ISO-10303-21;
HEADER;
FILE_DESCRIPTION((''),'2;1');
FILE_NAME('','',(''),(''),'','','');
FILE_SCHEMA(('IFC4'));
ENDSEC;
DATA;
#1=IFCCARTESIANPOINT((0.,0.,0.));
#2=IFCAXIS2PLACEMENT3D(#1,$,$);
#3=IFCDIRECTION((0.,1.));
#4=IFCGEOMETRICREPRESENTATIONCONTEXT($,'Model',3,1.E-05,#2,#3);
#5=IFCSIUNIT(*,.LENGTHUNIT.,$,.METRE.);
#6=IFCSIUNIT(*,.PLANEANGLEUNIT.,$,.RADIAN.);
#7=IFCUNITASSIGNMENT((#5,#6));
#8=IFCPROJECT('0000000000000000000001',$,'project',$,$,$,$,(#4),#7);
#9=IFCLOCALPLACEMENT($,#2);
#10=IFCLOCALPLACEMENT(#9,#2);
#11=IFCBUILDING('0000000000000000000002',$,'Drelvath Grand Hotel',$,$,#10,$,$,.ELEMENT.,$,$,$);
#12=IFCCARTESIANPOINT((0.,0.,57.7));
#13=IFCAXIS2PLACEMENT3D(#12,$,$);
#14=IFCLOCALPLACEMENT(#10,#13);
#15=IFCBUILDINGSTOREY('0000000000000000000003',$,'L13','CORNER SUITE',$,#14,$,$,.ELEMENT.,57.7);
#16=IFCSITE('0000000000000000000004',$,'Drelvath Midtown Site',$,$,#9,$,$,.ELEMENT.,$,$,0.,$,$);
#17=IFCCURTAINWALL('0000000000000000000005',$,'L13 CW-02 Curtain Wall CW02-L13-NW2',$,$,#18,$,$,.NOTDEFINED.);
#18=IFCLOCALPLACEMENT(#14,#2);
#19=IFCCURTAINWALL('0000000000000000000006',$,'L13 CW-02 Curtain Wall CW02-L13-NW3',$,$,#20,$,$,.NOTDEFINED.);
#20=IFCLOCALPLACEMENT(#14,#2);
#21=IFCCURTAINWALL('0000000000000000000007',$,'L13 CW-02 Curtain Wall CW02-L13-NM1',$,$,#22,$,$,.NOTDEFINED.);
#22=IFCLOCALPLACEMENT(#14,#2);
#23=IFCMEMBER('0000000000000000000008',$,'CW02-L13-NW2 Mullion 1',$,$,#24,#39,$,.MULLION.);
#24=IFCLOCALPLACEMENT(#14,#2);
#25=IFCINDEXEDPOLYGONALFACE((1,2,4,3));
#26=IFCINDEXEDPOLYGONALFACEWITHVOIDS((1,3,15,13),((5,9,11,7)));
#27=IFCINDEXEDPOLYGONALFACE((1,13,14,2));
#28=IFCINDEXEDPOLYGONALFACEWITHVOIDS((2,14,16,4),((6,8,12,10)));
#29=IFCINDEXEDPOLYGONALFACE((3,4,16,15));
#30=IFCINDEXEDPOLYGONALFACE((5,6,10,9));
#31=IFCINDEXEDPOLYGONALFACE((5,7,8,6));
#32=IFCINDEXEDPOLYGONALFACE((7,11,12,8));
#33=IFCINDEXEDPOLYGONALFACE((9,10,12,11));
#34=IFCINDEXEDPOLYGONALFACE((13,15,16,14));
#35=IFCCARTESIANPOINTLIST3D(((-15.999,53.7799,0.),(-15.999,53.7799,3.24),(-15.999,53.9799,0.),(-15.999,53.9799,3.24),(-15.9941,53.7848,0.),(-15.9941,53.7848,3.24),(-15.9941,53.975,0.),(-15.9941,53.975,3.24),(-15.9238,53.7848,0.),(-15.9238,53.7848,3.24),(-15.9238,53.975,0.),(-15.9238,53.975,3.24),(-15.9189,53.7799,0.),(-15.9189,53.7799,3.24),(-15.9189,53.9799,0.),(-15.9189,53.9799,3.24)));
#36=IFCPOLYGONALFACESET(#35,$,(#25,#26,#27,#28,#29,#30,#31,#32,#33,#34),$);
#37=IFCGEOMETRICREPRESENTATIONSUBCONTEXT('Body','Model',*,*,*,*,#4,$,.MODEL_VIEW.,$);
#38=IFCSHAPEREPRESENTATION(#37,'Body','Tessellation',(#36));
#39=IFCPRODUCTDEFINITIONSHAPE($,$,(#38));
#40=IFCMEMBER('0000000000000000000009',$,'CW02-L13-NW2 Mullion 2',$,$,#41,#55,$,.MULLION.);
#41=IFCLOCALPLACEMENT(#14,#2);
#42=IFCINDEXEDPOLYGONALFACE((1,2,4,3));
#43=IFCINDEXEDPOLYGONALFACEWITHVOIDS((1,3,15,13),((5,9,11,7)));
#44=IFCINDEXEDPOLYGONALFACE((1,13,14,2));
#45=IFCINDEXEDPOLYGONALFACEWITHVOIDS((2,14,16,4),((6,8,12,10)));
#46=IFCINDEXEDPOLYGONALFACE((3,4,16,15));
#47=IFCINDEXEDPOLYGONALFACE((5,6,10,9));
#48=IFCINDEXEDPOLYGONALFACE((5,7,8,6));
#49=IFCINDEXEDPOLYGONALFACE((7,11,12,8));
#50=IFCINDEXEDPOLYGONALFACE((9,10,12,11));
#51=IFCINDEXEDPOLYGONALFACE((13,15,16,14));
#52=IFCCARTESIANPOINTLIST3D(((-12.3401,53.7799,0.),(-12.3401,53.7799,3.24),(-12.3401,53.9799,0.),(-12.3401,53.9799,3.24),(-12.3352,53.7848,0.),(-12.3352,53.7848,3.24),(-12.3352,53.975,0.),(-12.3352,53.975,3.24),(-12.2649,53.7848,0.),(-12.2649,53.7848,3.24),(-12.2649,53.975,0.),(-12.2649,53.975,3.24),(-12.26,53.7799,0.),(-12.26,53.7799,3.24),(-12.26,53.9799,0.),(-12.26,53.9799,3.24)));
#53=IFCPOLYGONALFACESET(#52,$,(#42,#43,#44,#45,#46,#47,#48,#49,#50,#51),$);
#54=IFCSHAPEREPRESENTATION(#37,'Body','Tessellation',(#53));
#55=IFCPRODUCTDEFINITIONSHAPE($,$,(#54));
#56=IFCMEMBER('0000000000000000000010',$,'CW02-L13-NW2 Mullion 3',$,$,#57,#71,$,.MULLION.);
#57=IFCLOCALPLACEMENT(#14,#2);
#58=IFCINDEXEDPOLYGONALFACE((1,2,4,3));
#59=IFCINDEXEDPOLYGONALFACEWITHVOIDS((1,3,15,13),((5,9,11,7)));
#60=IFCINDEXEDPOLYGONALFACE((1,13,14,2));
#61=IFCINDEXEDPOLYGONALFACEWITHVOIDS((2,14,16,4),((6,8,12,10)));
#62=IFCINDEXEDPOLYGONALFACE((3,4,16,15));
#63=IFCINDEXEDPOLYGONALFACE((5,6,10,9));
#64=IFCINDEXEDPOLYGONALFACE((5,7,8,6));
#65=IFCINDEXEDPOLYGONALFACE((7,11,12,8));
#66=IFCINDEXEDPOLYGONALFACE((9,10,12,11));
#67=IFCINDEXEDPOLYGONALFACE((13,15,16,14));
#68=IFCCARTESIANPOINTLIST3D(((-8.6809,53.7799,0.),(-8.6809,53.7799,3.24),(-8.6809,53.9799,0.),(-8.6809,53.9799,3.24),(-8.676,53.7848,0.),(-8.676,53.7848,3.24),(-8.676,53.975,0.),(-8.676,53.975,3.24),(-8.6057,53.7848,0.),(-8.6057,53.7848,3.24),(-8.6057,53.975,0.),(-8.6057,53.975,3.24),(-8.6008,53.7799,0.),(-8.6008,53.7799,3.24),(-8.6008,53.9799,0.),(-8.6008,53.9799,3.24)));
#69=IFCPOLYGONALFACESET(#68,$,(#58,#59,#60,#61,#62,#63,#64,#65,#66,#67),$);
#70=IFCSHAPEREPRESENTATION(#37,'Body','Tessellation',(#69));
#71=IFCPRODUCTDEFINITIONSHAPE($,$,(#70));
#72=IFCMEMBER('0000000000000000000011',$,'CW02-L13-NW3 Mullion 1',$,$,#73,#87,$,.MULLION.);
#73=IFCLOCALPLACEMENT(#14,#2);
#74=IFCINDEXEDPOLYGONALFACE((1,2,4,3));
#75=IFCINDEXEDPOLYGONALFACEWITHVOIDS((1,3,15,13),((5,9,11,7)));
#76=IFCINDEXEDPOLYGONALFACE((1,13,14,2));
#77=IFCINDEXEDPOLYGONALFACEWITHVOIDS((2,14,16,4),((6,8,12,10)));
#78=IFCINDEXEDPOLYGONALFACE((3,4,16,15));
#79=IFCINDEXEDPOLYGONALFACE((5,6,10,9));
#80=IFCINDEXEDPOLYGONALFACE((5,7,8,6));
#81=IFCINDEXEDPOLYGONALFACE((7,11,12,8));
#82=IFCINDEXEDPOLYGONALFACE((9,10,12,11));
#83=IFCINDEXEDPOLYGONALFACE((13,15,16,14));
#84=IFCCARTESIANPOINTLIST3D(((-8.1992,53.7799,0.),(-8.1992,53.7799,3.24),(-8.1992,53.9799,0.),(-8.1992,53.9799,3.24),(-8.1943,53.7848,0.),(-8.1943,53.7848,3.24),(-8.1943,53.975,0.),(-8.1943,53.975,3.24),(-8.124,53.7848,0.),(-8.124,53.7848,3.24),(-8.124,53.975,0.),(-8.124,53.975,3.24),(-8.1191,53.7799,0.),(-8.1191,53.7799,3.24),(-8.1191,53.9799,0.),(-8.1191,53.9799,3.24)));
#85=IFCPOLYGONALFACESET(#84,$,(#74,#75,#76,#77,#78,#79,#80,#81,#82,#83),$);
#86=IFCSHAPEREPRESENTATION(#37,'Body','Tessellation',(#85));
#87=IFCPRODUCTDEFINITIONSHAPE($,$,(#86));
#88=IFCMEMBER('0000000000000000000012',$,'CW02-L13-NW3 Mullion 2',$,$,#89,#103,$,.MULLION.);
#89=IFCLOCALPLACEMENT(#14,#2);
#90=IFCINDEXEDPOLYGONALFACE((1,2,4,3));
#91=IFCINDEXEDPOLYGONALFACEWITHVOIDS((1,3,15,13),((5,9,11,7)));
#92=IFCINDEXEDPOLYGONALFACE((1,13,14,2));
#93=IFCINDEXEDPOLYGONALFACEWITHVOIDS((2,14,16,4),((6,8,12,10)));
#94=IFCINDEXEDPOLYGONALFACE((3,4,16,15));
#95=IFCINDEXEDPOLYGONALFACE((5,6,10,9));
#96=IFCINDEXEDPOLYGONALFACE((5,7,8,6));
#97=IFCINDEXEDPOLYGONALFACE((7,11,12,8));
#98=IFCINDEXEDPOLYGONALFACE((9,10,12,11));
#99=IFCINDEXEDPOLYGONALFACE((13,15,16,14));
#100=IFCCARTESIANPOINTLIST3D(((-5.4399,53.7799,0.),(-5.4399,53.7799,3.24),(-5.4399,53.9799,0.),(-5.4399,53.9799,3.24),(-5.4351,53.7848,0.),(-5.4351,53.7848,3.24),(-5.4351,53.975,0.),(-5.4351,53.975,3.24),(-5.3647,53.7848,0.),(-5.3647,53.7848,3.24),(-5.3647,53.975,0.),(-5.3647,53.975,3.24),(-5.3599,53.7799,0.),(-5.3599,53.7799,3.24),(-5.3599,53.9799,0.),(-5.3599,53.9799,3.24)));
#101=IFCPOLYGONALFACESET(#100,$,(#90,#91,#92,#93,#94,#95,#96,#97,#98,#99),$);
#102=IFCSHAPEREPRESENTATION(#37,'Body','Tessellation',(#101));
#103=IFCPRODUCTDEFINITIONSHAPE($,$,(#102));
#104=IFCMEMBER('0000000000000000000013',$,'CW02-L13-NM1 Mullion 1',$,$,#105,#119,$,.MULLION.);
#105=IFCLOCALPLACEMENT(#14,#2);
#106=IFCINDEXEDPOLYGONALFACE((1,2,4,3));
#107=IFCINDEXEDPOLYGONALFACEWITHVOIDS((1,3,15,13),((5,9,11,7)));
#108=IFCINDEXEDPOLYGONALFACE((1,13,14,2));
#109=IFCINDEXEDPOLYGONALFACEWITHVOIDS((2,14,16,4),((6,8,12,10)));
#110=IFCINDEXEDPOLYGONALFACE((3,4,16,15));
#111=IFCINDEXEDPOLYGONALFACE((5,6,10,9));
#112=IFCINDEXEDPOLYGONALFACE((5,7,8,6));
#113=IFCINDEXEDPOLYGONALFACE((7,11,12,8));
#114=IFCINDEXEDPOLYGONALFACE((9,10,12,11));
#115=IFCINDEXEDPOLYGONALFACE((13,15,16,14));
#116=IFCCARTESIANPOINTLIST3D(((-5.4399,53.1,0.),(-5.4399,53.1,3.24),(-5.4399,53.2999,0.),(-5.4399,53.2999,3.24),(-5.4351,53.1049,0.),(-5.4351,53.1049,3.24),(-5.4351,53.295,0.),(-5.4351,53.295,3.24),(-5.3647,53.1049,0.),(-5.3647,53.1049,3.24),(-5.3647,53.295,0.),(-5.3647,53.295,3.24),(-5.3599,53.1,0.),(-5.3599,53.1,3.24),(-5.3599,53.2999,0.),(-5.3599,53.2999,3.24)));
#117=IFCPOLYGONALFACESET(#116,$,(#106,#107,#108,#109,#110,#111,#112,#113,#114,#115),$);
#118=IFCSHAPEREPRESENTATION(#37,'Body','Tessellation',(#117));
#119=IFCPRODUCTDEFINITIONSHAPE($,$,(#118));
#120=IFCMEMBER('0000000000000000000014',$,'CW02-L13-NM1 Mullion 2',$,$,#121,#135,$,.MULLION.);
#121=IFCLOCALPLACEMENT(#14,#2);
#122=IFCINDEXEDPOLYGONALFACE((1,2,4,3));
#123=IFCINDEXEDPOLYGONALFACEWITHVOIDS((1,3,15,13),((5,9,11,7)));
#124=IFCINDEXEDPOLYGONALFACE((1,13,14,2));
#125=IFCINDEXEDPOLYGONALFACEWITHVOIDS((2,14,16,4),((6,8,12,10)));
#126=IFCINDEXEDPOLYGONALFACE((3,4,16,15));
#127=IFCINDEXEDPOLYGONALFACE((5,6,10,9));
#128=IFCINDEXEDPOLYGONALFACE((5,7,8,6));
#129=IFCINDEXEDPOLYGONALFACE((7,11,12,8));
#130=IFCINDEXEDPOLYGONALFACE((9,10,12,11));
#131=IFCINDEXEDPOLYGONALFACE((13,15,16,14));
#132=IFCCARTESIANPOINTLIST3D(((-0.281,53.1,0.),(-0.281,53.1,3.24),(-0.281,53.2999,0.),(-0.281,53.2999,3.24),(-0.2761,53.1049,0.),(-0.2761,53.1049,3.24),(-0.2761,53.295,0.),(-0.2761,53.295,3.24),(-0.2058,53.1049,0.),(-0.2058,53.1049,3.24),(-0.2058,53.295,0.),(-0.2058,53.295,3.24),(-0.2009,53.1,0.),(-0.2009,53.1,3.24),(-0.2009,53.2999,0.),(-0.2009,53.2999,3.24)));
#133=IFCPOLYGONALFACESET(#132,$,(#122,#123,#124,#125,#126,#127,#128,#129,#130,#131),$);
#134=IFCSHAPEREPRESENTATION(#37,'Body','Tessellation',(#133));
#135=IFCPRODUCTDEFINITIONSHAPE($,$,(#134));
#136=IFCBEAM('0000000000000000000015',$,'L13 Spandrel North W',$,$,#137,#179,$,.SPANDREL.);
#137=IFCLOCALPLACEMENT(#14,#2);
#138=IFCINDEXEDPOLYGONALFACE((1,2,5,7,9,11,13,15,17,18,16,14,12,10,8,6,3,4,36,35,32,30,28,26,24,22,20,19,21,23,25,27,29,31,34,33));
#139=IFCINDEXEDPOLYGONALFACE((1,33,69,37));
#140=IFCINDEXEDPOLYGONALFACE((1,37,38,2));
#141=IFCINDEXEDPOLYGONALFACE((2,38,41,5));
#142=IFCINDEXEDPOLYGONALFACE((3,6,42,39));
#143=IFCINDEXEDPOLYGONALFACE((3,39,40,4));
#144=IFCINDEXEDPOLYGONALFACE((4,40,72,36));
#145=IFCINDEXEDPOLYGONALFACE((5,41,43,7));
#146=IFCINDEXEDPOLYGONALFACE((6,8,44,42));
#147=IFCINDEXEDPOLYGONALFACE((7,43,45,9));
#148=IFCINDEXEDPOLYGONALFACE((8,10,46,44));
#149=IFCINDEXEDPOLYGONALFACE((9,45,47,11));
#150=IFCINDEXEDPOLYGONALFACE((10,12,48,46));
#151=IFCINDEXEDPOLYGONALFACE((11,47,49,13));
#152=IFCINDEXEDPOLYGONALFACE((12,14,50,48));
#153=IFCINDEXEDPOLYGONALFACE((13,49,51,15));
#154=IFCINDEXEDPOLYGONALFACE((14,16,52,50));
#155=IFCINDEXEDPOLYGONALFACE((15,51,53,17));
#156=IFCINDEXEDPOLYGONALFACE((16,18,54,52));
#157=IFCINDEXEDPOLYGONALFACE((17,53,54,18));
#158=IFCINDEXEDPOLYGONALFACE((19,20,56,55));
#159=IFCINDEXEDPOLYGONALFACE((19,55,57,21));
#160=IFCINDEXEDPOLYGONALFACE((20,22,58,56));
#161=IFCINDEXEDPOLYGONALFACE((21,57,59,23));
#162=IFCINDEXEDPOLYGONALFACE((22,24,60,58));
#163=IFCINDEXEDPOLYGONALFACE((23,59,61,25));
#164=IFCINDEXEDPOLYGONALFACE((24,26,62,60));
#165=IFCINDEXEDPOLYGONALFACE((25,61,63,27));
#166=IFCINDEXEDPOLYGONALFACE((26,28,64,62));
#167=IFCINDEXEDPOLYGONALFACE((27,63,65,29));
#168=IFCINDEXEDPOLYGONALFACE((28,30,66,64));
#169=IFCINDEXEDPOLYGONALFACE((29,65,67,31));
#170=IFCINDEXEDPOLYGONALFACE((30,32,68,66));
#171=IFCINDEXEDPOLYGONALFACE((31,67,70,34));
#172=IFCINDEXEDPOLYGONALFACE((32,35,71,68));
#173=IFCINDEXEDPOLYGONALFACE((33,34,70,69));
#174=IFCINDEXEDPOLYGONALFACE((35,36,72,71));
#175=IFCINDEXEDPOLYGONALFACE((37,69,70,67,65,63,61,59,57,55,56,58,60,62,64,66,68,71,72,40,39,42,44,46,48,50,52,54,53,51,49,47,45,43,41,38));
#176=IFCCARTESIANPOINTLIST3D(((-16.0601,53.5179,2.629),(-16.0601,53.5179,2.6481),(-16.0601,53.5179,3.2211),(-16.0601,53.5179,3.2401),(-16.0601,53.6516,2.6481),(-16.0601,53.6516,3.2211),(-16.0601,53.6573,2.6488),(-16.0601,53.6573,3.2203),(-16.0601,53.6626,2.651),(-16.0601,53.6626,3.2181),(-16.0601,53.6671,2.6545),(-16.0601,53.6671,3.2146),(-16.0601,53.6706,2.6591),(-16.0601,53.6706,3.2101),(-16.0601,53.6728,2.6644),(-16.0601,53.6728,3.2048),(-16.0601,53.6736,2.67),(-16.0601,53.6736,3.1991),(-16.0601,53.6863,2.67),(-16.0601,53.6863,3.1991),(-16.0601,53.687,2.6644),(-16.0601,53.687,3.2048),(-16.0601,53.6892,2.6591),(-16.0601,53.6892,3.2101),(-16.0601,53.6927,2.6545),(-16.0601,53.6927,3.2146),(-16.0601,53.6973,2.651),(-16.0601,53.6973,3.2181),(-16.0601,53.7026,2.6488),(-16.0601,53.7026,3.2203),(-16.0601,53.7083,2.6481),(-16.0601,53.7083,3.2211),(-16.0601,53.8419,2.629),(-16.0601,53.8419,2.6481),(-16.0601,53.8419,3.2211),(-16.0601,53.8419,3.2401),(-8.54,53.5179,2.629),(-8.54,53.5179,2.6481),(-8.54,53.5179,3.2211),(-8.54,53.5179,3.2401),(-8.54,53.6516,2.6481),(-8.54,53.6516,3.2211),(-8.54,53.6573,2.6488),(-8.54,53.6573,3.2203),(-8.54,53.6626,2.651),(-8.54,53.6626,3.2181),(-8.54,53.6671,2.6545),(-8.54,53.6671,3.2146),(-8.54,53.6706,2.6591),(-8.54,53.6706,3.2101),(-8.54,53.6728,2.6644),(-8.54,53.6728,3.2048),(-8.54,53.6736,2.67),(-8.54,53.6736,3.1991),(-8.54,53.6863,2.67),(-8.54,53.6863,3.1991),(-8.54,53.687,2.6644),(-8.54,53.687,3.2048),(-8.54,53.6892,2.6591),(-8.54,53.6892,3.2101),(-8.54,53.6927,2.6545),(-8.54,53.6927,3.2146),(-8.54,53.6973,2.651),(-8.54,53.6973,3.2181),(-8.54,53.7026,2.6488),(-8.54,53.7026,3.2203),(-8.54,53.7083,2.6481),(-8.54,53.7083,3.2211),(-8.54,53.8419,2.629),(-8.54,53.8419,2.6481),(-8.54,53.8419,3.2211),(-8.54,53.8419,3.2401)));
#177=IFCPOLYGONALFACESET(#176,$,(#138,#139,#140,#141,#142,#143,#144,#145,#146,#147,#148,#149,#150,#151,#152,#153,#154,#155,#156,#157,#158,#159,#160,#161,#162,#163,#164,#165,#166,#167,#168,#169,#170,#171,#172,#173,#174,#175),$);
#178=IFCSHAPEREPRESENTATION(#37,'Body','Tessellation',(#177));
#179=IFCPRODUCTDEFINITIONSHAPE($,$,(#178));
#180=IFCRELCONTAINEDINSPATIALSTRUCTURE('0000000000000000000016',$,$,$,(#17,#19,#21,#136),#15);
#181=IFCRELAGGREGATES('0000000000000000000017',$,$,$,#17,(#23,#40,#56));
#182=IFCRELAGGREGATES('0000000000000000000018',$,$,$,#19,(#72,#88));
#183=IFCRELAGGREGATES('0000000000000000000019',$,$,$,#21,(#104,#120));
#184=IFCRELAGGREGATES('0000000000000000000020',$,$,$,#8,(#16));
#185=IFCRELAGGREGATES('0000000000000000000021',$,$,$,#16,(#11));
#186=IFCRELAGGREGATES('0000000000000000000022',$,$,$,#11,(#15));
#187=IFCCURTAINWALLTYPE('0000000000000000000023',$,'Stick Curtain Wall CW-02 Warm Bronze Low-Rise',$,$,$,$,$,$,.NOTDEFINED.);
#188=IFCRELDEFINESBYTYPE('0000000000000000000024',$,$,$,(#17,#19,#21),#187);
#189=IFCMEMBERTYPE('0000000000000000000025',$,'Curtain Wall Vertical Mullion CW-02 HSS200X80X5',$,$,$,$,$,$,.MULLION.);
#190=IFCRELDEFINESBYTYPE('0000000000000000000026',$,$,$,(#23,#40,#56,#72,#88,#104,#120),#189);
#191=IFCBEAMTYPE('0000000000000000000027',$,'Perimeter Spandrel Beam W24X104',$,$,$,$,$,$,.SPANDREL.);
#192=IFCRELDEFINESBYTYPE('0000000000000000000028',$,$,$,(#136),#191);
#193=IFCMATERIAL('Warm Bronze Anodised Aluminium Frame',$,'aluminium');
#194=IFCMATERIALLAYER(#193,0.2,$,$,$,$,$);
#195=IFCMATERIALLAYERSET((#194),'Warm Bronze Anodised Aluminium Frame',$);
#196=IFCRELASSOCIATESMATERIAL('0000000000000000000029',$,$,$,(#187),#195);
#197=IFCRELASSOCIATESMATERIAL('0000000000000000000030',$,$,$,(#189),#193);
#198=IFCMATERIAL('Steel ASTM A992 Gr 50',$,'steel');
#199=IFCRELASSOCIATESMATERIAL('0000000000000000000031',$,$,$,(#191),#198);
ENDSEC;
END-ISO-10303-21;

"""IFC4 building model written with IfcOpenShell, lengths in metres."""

from ifc_helpers import new_model, si_unit, direction, frame, origin, origin_2d, place, context, subcontext, project, spatial, hollow_rectangle, i_section, extrude, material, layer, layer_set, material_profile, profile_set, type_object, element, aggregate, save


model = new_model("IFC4")

# Units and contexts
model_context = context("Model", 3, precision=1e-05, world=origin(), true_north=direction((0.0, 1.0)))
body_context = subcontext(model_context, "Body", "Model", "MODEL_VIEW")
ifc_project = project(units=[si_unit("LENGTHUNIT", "METRE"), si_unit("PLANEANGLEUNIT", "RADIAN")], contexts=[model_context])

# Site, building, storey
site_placement = place(None, origin())
site = spatial("IfcSite", under=ifc_project, at=site_placement, Name="Drelvath Midtown Site", CompositionType="ELEMENT", RefElevation=0.0)
building_placement = place(site_placement, origin())
building = spatial("IfcBuilding", under=site, at=building_placement, Name="Drelvath Grand Hotel", CompositionType="ELEMENT")
storey_placement = place(building_placement, frame((0.0, 0.0, 57.7)))
storey = spatial("IfcBuildingStorey", under=building, at=storey_placement, Name="L13", Description="CORNER SUITE", CompositionType="ELEMENT", Elevation=57.7)

# Curtain walls
ifc_material_1 = material(Name="Warm Bronze Anodised Aluminium Frame", Category="aluminium")
ifc_layer_1 = layer(ifc_material_1, 0.2)
ifc_layer_set_1 = layer_set([ifc_layer_1], Name="Warm Bronze Anodised Aluminium Frame")
curtain_wall_type = type_object("IfcCurtainWallType", Name="Stick Curtain Wall CW-02 Warm Bronze Low-Rise", PredefinedType="NOTDEFINED", material=ifc_layer_set_1)
curtain_wall_1_placement = place(storey_placement, origin())
curtain_wall_1 = element("IfcCurtainWall", 1, at=curtain_wall_1_placement, inside=storey, type_object=curtain_wall_type, Name="L13 CW-02 Curtain Wall CW02-L13-NW2", PredefinedType="NOTDEFINED")
curtain_wall_2_placement = place(storey_placement, origin())
curtain_wall_2 = element("IfcCurtainWall", 2, at=curtain_wall_2_placement, inside=storey, type_object=curtain_wall_type, Name="L13 CW-02 Curtain Wall CW02-L13-NW3", PredefinedType="NOTDEFINED")
curtain_wall_3_placement = place(storey_placement, origin())
curtain_wall_3 = element("IfcCurtainWall", 3, at=curtain_wall_3_placement, inside=storey, type_object=curtain_wall_type, Name="L13 CW-02 Curtain Wall CW02-L13-NM1", PredefinedType="NOTDEFINED")

# Members
ifc_material_profile_1 = material_profile(ifc_material_1, hollow_rectangle(XDim=0.0801, YDim=0.2, WallThickness=0.0049, at=origin_2d()), Name="HSS200X80X5")
ifc_profile_set_1 = profile_set([ifc_material_profile_1], Name="Warm Bronze Anodised Aluminium Frame")
member_type_1 = type_object("IfcMemberType", Name="Curtain Wall Vertical Mullion CW-02 HSS200X80X5", PredefinedType="MULLION", material=ifc_profile_set_1)
member_1_placement = place(storey_placement, frame((-15.959, 53.8799, 0.0), z_axis=(0.0, 0.0, 1.0), x_axis=(1.0, 0.0, 0.0)))
member_1 = element("IfcMember", 4, at=member_1_placement, type_object=member_type_1, Name="CW02-L13-NW2 Mullion 1", PredefinedType="MULLION", context=body_context, shape_type="SweptSolid", body=[
    extrude(hollow_rectangle(XDim=0.0801, YDim=0.2, WallThickness=0.0049, at=origin_2d()), origin(), (0.0, 0.0, 1.0), 3.24),
])
member_2_placement = place(storey_placement, frame((-12.3, 53.8799, 0.0), z_axis=(0.0, 0.0, 1.0), x_axis=(1.0, 0.0, 0.0)))
member_2 = element("IfcMember", 5, at=member_2_placement, type_object=member_type_1, Name="CW02-L13-NW2 Mullion 2", PredefinedType="MULLION", context=body_context, shape_type="SweptSolid", body=[
    extrude(hollow_rectangle(XDim=0.0801, YDim=0.2, WallThickness=0.0049, at=origin_2d()), origin(), (0.0, 0.0, 1.0), 3.24),
])
member_3_placement = place(storey_placement, frame((-8.6409, 53.8799, 0.0), z_axis=(0.0, 0.0, 1.0), x_axis=(1.0, 0.0, 0.0)))
member_3 = element("IfcMember", 6, at=member_3_placement, type_object=member_type_1, Name="CW02-L13-NW2 Mullion 3", PredefinedType="MULLION", context=body_context, shape_type="SweptSolid", body=[
    extrude(hollow_rectangle(XDim=0.0801, YDim=0.2, WallThickness=0.0049, at=origin_2d()), origin(), (0.0, 0.0, 1.0), 3.24),
])
member_4_placement = place(storey_placement, frame((-8.1592, 53.8799, 0.0), z_axis=(0.0, 0.0, 1.0), x_axis=(1.0, 0.0, 0.0)))
member_4 = element("IfcMember", 7, at=member_4_placement, type_object=member_type_1, Name="CW02-L13-NW3 Mullion 1", PredefinedType="MULLION", context=body_context, shape_type="SweptSolid", body=[
    extrude(hollow_rectangle(XDim=0.0801, YDim=0.2, WallThickness=0.0049, at=origin_2d()), origin(), (0.0, 0.0, 1.0), 3.24),
])
member_5_placement = place(storey_placement, frame((-5.3999, 53.8799, 0.0), z_axis=(0.0, 0.0, 1.0), x_axis=(1.0, 0.0, 0.0)))
member_5 = element("IfcMember", 8, at=member_5_placement, type_object=member_type_1, Name="CW02-L13-NW3 Mullion 2", PredefinedType="MULLION", context=body_context, shape_type="SweptSolid", body=[
    extrude(hollow_rectangle(XDim=0.0801, YDim=0.2, WallThickness=0.0049, at=origin_2d()), origin(), (0.0, 0.0, 1.0), 3.24),
])
member_6_placement = place(storey_placement, frame((-5.3999, 53.2, 0.0), z_axis=(0.0, 0.0, 1.0), x_axis=(1.0, 0.0, 0.0)))
member_6 = element("IfcMember", 9, at=member_6_placement, type_object=member_type_1, Name="CW02-L13-NM1 Mullion 1", PredefinedType="MULLION", context=body_context, shape_type="SweptSolid", body=[
    extrude(hollow_rectangle(XDim=0.0801, YDim=0.2, WallThickness=0.0049, at=origin_2d()), origin(), (0.0, 0.0, 1.0), 3.24),
])
member_7_placement = place(storey_placement, frame((-0.241, 53.2, 0.0), z_axis=(0.0, 0.0, 1.0), x_axis=(1.0, 0.0, 0.0)))
member_7 = element("IfcMember", 10, at=member_7_placement, type_object=member_type_1, Name="CW02-L13-NM1 Mullion 2", PredefinedType="MULLION", context=body_context, shape_type="SweptSolid", body=[
    extrude(hollow_rectangle(XDim=0.0801, YDim=0.2, WallThickness=0.0049, at=origin_2d()), origin(), (0.0, 0.0, 1.0), 3.24),
])

# Beam
ifc_material_2 = material(Name="Steel ASTM A992 Gr 50", Category="steel")
ifc_material_profile_2 = material_profile(ifc_material_2, i_section(OverallWidth=0.324, OverallDepth=0.6111, WebThickness=0.0127, FlangeThickness=0.019, FilletRadius=0.022, at=origin_2d()), Name="W24X104")
ifc_profile_set_2 = profile_set([ifc_material_profile_2], Name="Steel ASTM A992 Gr 50")
beam_type_1 = type_object("IfcBeamType", Name="Perimeter Spandrel Beam W24X104", PredefinedType="SPANDREL", material=ifc_profile_set_2)
beam_1_placement = place(storey_placement, frame((-16.0601, 53.6799, 2.9346), z_axis=(1.0, 0.0, 0.0), x_axis=(0.0, 1.0, 0.0)))
element("IfcBeam", 11, at=beam_1_placement, inside=storey, type_object=beam_type_1, Name="L13 Spandrel North W", PredefinedType="SPANDREL", context=body_context, shape_type="SweptSolid", body=[
    extrude(i_section(OverallWidth=0.324, OverallDepth=0.6111, WebThickness=0.0127, FlangeThickness=0.019, FilletRadius=0.022, at=origin_2d()), origin(), (0.0, 0.0, 1.0), 7.52),
])

aggregate(curtain_wall_1, [member_1, member_2, member_3])
aggregate(curtain_wall_2, [member_4, member_5])
aggregate(curtain_wall_3, [member_6, member_7])

save(model, "model.ifc")
